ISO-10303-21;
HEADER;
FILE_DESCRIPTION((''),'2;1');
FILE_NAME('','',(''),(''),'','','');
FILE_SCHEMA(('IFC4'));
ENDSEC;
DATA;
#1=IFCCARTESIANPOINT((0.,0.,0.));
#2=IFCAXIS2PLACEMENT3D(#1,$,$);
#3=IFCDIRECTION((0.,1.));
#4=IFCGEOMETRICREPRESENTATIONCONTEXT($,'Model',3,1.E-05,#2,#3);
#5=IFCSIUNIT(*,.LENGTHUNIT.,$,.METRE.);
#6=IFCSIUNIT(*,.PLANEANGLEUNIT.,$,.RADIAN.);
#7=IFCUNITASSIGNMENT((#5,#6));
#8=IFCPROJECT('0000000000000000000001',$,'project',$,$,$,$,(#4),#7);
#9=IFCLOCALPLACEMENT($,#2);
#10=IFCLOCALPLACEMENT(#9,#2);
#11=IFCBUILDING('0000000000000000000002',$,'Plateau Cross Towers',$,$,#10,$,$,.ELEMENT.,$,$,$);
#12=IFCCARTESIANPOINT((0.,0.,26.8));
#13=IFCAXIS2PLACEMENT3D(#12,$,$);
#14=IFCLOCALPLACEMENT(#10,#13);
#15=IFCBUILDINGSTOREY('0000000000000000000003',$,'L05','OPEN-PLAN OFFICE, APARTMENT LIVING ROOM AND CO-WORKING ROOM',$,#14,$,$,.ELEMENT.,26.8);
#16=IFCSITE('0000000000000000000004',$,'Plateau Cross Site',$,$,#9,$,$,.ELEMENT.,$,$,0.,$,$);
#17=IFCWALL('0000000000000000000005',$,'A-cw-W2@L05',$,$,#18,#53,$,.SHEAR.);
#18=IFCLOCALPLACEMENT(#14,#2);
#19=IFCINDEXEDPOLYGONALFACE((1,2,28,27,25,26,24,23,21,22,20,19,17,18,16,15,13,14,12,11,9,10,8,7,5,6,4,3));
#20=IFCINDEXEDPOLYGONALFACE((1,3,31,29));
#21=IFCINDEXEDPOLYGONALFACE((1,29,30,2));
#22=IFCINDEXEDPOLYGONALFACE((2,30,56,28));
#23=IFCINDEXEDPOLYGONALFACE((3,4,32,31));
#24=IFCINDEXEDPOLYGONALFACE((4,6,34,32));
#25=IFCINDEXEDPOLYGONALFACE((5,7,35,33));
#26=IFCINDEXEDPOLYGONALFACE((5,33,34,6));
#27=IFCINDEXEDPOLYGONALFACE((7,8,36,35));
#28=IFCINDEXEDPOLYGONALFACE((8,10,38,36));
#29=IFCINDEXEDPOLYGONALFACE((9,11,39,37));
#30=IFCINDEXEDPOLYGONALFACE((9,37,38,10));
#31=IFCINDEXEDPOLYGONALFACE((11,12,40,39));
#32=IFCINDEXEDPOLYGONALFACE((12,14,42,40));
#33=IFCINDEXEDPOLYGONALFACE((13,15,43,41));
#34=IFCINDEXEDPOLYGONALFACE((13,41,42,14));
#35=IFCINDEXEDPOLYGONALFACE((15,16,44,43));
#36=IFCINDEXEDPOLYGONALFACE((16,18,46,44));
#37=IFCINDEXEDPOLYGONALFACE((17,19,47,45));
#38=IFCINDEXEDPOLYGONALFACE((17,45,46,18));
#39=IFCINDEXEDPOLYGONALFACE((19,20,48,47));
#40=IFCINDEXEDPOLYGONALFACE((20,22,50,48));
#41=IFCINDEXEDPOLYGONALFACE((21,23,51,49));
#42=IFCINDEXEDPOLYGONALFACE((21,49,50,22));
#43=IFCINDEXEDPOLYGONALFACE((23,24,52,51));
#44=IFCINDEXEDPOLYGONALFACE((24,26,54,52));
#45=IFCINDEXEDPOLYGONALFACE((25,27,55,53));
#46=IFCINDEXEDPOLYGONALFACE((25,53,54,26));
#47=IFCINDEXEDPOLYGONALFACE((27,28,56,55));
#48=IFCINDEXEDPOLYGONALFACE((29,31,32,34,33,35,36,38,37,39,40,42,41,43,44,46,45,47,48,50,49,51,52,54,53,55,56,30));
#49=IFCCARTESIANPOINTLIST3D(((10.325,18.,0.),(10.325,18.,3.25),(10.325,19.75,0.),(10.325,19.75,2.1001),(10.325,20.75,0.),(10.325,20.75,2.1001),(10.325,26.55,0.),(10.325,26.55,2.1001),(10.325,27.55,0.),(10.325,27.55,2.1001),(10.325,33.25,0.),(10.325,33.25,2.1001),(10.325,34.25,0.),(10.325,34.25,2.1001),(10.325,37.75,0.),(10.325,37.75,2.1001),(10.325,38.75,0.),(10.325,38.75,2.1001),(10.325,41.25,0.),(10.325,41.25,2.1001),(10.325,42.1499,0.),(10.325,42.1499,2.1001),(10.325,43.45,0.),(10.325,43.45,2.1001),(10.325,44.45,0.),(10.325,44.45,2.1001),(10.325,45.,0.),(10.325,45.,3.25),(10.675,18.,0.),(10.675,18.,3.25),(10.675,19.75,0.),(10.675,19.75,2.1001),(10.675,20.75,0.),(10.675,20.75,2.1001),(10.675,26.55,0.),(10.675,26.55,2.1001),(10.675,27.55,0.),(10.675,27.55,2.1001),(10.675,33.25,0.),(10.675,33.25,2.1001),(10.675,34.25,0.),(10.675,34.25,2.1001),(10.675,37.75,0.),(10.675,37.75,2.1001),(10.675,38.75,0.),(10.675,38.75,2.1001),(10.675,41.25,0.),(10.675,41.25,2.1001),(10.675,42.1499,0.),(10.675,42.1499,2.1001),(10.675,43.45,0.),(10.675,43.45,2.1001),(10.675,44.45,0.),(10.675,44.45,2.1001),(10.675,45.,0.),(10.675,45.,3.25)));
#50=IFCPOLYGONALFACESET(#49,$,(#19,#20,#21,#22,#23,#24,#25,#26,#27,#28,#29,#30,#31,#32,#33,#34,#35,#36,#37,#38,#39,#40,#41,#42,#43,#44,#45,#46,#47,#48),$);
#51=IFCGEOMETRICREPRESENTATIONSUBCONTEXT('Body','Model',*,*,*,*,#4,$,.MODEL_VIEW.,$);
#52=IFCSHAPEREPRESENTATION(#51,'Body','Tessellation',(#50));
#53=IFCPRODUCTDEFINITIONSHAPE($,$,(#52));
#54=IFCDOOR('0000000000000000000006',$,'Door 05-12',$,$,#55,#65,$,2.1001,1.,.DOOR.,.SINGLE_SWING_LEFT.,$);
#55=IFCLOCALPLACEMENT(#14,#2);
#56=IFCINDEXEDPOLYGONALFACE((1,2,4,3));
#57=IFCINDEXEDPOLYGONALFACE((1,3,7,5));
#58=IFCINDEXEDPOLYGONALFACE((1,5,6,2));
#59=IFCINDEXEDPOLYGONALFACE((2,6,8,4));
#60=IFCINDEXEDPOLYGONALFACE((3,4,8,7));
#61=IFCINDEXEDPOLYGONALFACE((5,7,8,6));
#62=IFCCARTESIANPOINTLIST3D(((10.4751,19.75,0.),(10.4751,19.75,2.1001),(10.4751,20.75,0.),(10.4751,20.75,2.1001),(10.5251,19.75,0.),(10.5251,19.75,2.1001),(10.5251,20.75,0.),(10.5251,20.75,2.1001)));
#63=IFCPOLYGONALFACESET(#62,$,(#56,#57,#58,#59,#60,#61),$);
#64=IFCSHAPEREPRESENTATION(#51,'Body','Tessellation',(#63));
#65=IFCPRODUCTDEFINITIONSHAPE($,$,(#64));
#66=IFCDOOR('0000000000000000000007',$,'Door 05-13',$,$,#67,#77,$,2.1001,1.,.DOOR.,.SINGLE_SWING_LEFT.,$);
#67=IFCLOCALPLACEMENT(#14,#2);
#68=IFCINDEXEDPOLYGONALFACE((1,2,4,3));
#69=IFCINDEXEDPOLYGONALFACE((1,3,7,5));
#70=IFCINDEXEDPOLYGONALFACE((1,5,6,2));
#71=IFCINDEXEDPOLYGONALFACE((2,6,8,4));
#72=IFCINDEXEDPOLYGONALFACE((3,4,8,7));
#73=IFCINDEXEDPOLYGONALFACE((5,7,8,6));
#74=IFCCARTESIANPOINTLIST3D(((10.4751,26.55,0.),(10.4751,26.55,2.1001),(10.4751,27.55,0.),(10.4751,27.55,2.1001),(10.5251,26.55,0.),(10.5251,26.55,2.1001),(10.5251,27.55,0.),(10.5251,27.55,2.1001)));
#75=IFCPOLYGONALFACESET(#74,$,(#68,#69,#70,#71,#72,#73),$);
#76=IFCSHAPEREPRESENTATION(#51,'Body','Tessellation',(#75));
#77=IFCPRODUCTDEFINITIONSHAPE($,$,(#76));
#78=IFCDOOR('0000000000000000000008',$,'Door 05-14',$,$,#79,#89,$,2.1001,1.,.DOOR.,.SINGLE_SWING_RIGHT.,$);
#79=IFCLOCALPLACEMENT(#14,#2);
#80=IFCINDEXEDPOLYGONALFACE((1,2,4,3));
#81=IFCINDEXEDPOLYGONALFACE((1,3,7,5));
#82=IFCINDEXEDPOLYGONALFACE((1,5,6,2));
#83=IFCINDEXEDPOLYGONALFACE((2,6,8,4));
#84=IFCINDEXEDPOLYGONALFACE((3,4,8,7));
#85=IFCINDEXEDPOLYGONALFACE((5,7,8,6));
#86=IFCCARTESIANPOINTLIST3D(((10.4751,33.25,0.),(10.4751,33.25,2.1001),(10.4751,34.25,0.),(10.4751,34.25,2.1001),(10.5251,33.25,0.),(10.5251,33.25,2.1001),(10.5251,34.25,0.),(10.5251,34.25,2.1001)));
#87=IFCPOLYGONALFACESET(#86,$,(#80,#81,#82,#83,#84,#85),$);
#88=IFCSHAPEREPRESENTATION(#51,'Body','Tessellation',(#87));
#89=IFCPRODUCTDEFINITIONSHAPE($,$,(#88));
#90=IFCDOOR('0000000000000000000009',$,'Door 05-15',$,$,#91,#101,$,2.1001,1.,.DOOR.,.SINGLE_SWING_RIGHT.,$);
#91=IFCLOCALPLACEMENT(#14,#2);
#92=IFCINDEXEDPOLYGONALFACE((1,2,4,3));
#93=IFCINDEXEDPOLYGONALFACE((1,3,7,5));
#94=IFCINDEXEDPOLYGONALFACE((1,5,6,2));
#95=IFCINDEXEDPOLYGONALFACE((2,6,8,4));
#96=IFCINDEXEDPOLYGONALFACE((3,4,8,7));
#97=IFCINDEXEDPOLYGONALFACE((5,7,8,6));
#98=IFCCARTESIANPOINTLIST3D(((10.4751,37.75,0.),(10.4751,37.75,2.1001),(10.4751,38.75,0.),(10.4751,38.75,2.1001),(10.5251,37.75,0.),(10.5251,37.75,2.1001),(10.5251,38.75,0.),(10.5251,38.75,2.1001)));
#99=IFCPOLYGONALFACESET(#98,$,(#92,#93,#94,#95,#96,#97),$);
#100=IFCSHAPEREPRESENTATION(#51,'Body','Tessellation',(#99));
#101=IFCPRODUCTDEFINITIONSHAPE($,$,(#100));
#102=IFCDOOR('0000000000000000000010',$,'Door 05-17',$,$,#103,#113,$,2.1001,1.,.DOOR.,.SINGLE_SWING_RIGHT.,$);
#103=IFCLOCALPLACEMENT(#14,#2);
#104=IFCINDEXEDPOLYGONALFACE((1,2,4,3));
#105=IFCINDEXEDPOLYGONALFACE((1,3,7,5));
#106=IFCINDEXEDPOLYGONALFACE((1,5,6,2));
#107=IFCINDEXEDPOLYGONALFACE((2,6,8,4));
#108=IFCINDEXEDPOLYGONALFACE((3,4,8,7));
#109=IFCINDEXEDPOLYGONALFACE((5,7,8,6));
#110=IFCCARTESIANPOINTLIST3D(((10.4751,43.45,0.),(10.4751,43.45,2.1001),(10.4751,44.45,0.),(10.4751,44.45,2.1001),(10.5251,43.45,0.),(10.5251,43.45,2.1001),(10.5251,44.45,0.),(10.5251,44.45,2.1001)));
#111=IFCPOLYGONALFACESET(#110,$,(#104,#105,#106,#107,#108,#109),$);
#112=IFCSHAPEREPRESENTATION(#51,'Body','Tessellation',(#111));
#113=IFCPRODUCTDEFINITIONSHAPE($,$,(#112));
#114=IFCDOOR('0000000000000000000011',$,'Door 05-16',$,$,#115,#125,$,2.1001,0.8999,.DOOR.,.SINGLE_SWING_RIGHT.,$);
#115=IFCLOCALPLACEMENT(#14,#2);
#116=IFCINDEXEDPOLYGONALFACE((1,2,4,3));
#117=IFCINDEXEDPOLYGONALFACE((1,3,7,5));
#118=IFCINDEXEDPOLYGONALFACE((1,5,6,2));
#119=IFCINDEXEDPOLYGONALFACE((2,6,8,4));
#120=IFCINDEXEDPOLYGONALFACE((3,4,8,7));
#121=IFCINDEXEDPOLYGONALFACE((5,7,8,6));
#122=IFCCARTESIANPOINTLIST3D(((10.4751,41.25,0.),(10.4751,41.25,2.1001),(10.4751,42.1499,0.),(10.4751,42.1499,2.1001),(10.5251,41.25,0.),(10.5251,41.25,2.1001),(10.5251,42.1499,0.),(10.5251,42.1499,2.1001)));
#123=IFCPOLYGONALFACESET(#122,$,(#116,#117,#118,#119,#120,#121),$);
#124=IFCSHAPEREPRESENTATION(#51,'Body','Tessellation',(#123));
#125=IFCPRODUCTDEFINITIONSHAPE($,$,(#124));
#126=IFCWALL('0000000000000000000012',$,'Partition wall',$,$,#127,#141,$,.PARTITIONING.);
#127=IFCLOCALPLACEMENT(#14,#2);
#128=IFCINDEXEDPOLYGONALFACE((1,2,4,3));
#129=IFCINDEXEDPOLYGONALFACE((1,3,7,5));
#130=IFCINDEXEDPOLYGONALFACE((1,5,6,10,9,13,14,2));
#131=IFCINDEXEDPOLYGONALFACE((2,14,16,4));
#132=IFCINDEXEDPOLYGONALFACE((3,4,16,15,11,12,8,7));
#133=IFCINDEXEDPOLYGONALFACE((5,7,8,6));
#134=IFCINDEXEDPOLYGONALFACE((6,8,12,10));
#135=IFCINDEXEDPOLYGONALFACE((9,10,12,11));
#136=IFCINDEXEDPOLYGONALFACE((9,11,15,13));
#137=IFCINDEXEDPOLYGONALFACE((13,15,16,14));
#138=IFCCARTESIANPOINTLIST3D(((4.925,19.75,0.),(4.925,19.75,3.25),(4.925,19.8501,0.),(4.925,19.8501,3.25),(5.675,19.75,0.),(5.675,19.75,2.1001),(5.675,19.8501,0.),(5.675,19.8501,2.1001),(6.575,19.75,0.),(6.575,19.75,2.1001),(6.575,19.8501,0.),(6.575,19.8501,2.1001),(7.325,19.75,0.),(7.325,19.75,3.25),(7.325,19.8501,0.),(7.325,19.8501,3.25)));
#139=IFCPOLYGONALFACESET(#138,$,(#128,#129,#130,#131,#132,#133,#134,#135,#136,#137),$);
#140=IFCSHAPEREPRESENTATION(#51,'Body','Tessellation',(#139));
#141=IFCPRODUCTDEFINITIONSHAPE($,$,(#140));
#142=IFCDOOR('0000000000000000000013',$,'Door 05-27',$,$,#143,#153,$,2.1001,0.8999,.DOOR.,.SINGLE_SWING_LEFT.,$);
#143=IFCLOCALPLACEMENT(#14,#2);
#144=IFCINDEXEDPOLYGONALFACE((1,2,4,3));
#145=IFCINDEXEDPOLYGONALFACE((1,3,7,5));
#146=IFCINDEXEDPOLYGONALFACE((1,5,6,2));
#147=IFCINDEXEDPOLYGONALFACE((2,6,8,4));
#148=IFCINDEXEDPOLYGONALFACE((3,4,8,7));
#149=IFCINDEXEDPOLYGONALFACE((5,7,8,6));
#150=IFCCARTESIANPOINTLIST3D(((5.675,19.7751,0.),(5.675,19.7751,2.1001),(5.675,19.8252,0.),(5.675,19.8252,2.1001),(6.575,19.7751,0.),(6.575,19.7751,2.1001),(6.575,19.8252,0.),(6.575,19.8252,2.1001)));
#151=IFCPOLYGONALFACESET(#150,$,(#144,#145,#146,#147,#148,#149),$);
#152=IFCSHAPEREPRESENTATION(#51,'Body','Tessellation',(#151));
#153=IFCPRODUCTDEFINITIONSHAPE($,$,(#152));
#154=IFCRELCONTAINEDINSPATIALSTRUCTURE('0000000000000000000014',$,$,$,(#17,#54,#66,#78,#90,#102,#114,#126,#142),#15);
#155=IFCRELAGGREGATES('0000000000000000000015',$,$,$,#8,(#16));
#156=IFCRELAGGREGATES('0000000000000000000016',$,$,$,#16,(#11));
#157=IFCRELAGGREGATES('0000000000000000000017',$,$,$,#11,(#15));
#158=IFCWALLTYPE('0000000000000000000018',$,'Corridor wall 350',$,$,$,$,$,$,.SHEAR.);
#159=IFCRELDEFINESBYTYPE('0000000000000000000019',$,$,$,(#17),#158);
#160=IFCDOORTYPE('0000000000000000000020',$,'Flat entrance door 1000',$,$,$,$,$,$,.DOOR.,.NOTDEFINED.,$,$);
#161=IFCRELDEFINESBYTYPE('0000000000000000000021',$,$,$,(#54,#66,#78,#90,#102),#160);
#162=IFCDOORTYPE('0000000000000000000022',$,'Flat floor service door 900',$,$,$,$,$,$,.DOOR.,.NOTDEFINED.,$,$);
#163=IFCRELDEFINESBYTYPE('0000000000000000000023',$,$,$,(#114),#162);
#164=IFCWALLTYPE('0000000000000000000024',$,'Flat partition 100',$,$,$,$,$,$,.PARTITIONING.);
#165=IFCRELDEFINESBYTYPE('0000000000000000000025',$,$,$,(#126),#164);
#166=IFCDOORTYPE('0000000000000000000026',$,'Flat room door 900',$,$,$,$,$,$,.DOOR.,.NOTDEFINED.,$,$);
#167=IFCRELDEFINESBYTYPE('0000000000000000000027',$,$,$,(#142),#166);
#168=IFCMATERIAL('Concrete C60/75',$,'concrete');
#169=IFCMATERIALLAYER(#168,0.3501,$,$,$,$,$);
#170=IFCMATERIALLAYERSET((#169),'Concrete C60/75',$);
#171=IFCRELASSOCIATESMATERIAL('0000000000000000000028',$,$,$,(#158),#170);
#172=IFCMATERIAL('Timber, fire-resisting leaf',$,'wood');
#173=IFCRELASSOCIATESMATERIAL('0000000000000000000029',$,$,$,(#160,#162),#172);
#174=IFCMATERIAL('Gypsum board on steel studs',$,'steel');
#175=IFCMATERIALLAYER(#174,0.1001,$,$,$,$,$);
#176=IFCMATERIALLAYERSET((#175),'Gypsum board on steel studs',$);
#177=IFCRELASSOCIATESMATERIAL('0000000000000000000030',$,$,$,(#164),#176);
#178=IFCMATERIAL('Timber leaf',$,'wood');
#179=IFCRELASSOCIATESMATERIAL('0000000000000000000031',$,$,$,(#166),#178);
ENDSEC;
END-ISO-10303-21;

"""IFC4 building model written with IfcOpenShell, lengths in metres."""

from ifc_helpers import new_model, si_unit, direction, frame, frame_2d, origin, place, context, subcontext, project, spatial, rectangle, extrude, material, layer, layer_set, type_object, element, fill, save


model = new_model("IFC4")

# Units and contexts
model_context = context("Model", 3, precision=1e-05, world=origin(), true_north=direction((0.0, 1.0)))
body_context = subcontext(model_context, "Body", "Model", "MODEL_VIEW")
ifc_project = project(units=[si_unit("LENGTHUNIT", "METRE"), si_unit("PLANEANGLEUNIT", "RADIAN")], contexts=[model_context])

# Site, building, storey
site_placement = place(None, origin())
site = spatial("IfcSite", under=ifc_project, at=site_placement, Name="Plateau Cross Site", CompositionType="ELEMENT", RefElevation=0.0)
building_placement = place(site_placement, origin())
building = spatial("IfcBuilding", under=site, at=building_placement, Name="Plateau Cross Towers", CompositionType="ELEMENT")
storey_placement = place(building_placement, frame((0.0, 0.0, 26.8)))
storey = spatial("IfcBuildingStorey", under=building, at=storey_placement, Name="L05", Description="OPEN-PLAN OFFICE, APARTMENT LIVING ROOM AND CO-WORKING ROOM", CompositionType="ELEMENT", Elevation=26.8)

# Shared definitions
ifc_material_1 = material(Name="Concrete C60/75", Category="concrete")

# Wall, openings, doors
ifc_layer_1 = layer(ifc_material_1, 0.3501)
ifc_layer_set_1 = layer_set([ifc_layer_1], Name="Concrete C60/75")
wall_type_1 = type_object("IfcWallType", Name="Corridor wall 350", PredefinedType="SHEAR", material=ifc_layer_set_1)
ifc_material_2 = material(Name="Timber, fire-resisting leaf", Category="wood")
door_type_1 = type_object("IfcDoorType", Name="Flat entrance door 1000", OperationType="NOTDEFINED", PredefinedType="DOOR", material=ifc_material_2)
wall_1_placement = place(storey_placement, frame((10.5, 18.0, 0.0), z_axis=(0.0, 0.0, 1.0), x_axis=(0.0, 1.0, 0.0)))
wall_1 = element("IfcWall", 1, at=wall_1_placement, inside=storey, type_object=wall_type_1, Name="A-cw-W2@L05", PredefinedType="SHEAR", context=body_context, shape_type="SweptSolid", body=[
    extrude(rectangle(XDim=27.0, YDim=0.3501, at=frame_2d((13.5, 0.0))), origin(), (0.0, 0.0, 1.0), 3.25),
])
opening_1_placement = place(wall_1_placement, frame((1.75, 0.0, 0.0)))
opening_1 = element("IfcOpeningElement", 2, at=opening_1_placement, cuts=wall_1, PredefinedType="OPENING", context=body_context, shape_type="SweptSolid", body=[
    extrude(rectangle(XDim=1.0, YDim=2.1001, at=frame_2d((0.5, 1.05))), frame((0.0, 0.1851, 0.0), z_axis=(0.0, -1.0, 0.0), x_axis=(1.0, 0.0, 0.0)), (0.0, 0.0, 1.0), 0.3701),
])
opening_2_placement = place(wall_1_placement, frame((8.55, 0.0, 0.0)))
opening_2 = element("IfcOpeningElement", 3, at=opening_2_placement, cuts=wall_1, PredefinedType="OPENING", context=body_context, shape_type="SweptSolid", body=[
    extrude(rectangle(XDim=1.0, YDim=2.1001, at=frame_2d((0.5, 1.05))), frame((0.0, 0.1851, 0.0), z_axis=(0.0, -1.0, 0.0), x_axis=(1.0, 0.0, 0.0)), (0.0, 0.0, 1.0), 0.3701),
])
opening_3_placement = place(wall_1_placement, frame((15.25, 0.0, 0.0)))
opening_3 = element("IfcOpeningElement", 4, at=opening_3_placement, cuts=wall_1, PredefinedType="OPENING", context=body_context, shape_type="SweptSolid", body=[
    extrude(rectangle(XDim=1.0, YDim=2.1001, at=frame_2d((0.5, 1.05))), frame((0.0, 0.1851, 0.0), z_axis=(0.0, -1.0, 0.0), x_axis=(1.0, 0.0, 0.0)), (0.0, 0.0, 1.0), 0.3701),
])
opening_4_placement = place(wall_1_placement, frame((19.75, 0.0, 0.0)))
opening_4 = element("IfcOpeningElement", 5, at=opening_4_placement, cuts=wall_1, PredefinedType="OPENING", context=body_context, shape_type="SweptSolid", body=[
    extrude(rectangle(XDim=1.0, YDim=2.1001, at=frame_2d((0.5, 1.05))), frame((0.0, 0.1851, 0.0), z_axis=(0.0, -1.0, 0.0), x_axis=(1.0, 0.0, 0.0)), (0.0, 0.0, 1.0), 0.3701),
])
opening_5_placement = place(wall_1_placement, frame((23.25, 0.0, 0.0)))
opening_5 = element("IfcOpeningElement", 6, at=opening_5_placement, cuts=wall_1, PredefinedType="OPENING", context=body_context, shape_type="SweptSolid", body=[
    extrude(rectangle(XDim=0.8999, YDim=2.1001, at=frame_2d((0.45, 1.05))), frame((0.0, 0.1851, 0.0), z_axis=(0.0, -1.0, 0.0), x_axis=(1.0, 0.0, 0.0)), (0.0, 0.0, 1.0), 0.3701),
])
opening_6_placement = place(wall_1_placement, frame((25.45, 0.0, 0.0)))
opening_6 = element("IfcOpeningElement", 7, at=opening_6_placement, cuts=wall_1, PredefinedType="OPENING", context=body_context, shape_type="SweptSolid", body=[
    extrude(rectangle(XDim=1.0, YDim=2.1001, at=frame_2d((0.5, 1.05))), frame((0.0, 0.1851, 0.0), z_axis=(0.0, -1.0, 0.0), x_axis=(1.0, 0.0, 0.0)), (0.0, 0.0, 1.0), 0.3701),
])
door_1_placement = place(opening_1_placement, origin())
door_1 = element("IfcDoor", 8, at=door_1_placement, inside=storey, type_object=door_type_1, Name="Door 05-12", OperationType="SINGLE_SWING_LEFT", OverallHeight=2.1001, OverallWidth=1.0, PredefinedType="DOOR", context=body_context, shape_type="SweptSolid", body=[
    extrude(rectangle(XDim=1.0, YDim=2.1001, at=frame_2d((0.5, 1.05))), frame((0.0, 0.0249, 0.0), z_axis=(0.0, -1.0, 0.0), x_axis=(1.0, 0.0, 0.0)), (0.0, 0.0, 1.0), 0.05),
])
fill(opening_1, door_1)
door_2_placement = place(opening_2_placement, origin())
door_2 = element("IfcDoor", 9, at=door_2_placement, inside=storey, type_object=door_type_1, Name="Door 05-13", OperationType="SINGLE_SWING_LEFT", OverallHeight=2.1001, OverallWidth=1.0, PredefinedType="DOOR", context=body_context, shape_type="SweptSolid", body=[
    extrude(rectangle(XDim=1.0, YDim=2.1001, at=frame_2d((0.5, 1.05))), frame((0.0, 0.0249, 0.0), z_axis=(0.0, -1.0, 0.0), x_axis=(1.0, 0.0, 0.0)), (0.0, 0.0, 1.0), 0.05),
])
fill(opening_2, door_2)
door_3_placement = place(opening_3_placement, origin())
door_3 = element("IfcDoor", 10, at=door_3_placement, inside=storey, type_object=door_type_1, Name="Door 05-14", OperationType="SINGLE_SWING_RIGHT", OverallHeight=2.1001, OverallWidth=1.0, PredefinedType="DOOR", context=body_context, shape_type="SweptSolid", body=[
    extrude(rectangle(XDim=1.0, YDim=2.1001, at=frame_2d((0.5, 1.05))), frame((0.0, 0.0249, 0.0), z_axis=(0.0, -1.0, 0.0), x_axis=(1.0, 0.0, 0.0)), (0.0, 0.0, 1.0), 0.05),
])
fill(opening_3, door_3)
door_4_placement = place(opening_4_placement, origin())
door_4 = element("IfcDoor", 11, at=door_4_placement, inside=storey, type_object=door_type_1, Name="Door 05-15", OperationType="SINGLE_SWING_RIGHT", OverallHeight=2.1001, OverallWidth=1.0, PredefinedType="DOOR", context=body_context, shape_type="SweptSolid", body=[
    extrude(rectangle(XDim=1.0, YDim=2.1001, at=frame_2d((0.5, 1.05))), frame((0.0, 0.0249, 0.0), z_axis=(0.0, -1.0, 0.0), x_axis=(1.0, 0.0, 0.0)), (0.0, 0.0, 1.0), 0.05),
])
fill(opening_4, door_4)
door_5_placement = place(opening_6_placement, origin())
door_5 = element("IfcDoor", 12, at=door_5_placement, inside=storey, type_object=door_type_1, Name="Door 05-17", OperationType="SINGLE_SWING_RIGHT", OverallHeight=2.1001, OverallWidth=1.0, PredefinedType="DOOR", context=body_context, shape_type="SweptSolid", body=[
    extrude(rectangle(XDim=1.0, YDim=2.1001, at=frame_2d((0.5, 1.05))), frame((0.0, 0.0249, 0.0), z_axis=(0.0, -1.0, 0.0), x_axis=(1.0, 0.0, 0.0)), (0.0, 0.0, 1.0), 0.05),
])
fill(opening_6, door_5)
door_type_2 = type_object("IfcDoorType", Name="Flat floor service door 900", OperationType="NOTDEFINED", PredefinedType="DOOR", material=ifc_material_2)
door_6_placement = place(opening_5_placement, origin())
door_6 = element("IfcDoor", 13, at=door_6_placement, inside=storey, type_object=door_type_2, Name="Door 05-16", OperationType="SINGLE_SWING_RIGHT", OverallHeight=2.1001, OverallWidth=0.8999, PredefinedType="DOOR", context=body_context, shape_type="SweptSolid", body=[
    extrude(rectangle(XDim=0.8999, YDim=2.1001, at=frame_2d((0.45, 1.05))), frame((0.0, 0.0249, 0.0), z_axis=(0.0, -1.0, 0.0), x_axis=(1.0, 0.0, 0.0)), (0.0, 0.0, 1.0), 0.05),
])
fill(opening_5, door_6)

# Wall, opening, door
ifc_material_3 = material(Name="Gypsum board on steel studs", Category="steel")
ifc_layer_2 = layer(ifc_material_3, 0.1001)
ifc_layer_set_2 = layer_set([ifc_layer_2], Name="Gypsum board on steel studs")
wall_type_2 = type_object("IfcWallType", Name="Flat partition 100", PredefinedType="PARTITIONING", material=ifc_layer_set_2)
wall_2_placement = place(storey_placement, frame((7.325, 19.8, 0.0), z_axis=(0.0, 0.0, 1.0), x_axis=(-1.0, 0.0, 0.0)))
wall_2 = element("IfcWall", 14, at=wall_2_placement, inside=storey, type_object=wall_type_2, Name="Partition wall", PredefinedType="PARTITIONING", context=body_context, shape_type="SweptSolid", body=[
    extrude(rectangle(XDim=2.3999, YDim=0.1001, at=frame_2d((1.2, 0.0))), origin(), (0.0, 0.0, 1.0), 3.25),
])
opening_7_placement = place(wall_2_placement, frame((0.75, 0.0, 0.0)))
opening_7 = element("IfcOpeningElement", 15, at=opening_7_placement, cuts=wall_2, PredefinedType="OPENING", context=body_context, shape_type="SweptSolid", body=[
    extrude(rectangle(XDim=0.8999, YDim=2.1001, at=frame_2d((0.45, 1.05))), frame((0.0, 0.0601, 0.0), z_axis=(0.0, -1.0, 0.0), x_axis=(1.0, 0.0, 0.0)), (0.0, 0.0, 1.0), 0.1201),
])
ifc_material_4 = material(Name="Timber leaf", Category="wood")
door_type_3 = type_object("IfcDoorType", Name="Flat room door 900", OperationType="NOTDEFINED", PredefinedType="DOOR", material=ifc_material_4)
door_7_placement = place(opening_7_placement, origin())
door_7 = element("IfcDoor", 16, at=door_7_placement, inside=storey, type_object=door_type_3, Name="Door 05-27", OperationType="SINGLE_SWING_LEFT", OverallHeight=2.1001, OverallWidth=0.8999, PredefinedType="DOOR", context=body_context, shape_type="SweptSolid", body=[
    extrude(rectangle(XDim=0.8999, YDim=2.1001, at=frame_2d((0.45, 1.05))), frame((0.0, 0.0249, 0.0), z_axis=(0.0, -1.0, 0.0), x_axis=(1.0, 0.0, 0.0)), (0.0, 0.0, 1.0), 0.05),
])
fill(opening_7, door_7)

save(model, "model.ifc")
